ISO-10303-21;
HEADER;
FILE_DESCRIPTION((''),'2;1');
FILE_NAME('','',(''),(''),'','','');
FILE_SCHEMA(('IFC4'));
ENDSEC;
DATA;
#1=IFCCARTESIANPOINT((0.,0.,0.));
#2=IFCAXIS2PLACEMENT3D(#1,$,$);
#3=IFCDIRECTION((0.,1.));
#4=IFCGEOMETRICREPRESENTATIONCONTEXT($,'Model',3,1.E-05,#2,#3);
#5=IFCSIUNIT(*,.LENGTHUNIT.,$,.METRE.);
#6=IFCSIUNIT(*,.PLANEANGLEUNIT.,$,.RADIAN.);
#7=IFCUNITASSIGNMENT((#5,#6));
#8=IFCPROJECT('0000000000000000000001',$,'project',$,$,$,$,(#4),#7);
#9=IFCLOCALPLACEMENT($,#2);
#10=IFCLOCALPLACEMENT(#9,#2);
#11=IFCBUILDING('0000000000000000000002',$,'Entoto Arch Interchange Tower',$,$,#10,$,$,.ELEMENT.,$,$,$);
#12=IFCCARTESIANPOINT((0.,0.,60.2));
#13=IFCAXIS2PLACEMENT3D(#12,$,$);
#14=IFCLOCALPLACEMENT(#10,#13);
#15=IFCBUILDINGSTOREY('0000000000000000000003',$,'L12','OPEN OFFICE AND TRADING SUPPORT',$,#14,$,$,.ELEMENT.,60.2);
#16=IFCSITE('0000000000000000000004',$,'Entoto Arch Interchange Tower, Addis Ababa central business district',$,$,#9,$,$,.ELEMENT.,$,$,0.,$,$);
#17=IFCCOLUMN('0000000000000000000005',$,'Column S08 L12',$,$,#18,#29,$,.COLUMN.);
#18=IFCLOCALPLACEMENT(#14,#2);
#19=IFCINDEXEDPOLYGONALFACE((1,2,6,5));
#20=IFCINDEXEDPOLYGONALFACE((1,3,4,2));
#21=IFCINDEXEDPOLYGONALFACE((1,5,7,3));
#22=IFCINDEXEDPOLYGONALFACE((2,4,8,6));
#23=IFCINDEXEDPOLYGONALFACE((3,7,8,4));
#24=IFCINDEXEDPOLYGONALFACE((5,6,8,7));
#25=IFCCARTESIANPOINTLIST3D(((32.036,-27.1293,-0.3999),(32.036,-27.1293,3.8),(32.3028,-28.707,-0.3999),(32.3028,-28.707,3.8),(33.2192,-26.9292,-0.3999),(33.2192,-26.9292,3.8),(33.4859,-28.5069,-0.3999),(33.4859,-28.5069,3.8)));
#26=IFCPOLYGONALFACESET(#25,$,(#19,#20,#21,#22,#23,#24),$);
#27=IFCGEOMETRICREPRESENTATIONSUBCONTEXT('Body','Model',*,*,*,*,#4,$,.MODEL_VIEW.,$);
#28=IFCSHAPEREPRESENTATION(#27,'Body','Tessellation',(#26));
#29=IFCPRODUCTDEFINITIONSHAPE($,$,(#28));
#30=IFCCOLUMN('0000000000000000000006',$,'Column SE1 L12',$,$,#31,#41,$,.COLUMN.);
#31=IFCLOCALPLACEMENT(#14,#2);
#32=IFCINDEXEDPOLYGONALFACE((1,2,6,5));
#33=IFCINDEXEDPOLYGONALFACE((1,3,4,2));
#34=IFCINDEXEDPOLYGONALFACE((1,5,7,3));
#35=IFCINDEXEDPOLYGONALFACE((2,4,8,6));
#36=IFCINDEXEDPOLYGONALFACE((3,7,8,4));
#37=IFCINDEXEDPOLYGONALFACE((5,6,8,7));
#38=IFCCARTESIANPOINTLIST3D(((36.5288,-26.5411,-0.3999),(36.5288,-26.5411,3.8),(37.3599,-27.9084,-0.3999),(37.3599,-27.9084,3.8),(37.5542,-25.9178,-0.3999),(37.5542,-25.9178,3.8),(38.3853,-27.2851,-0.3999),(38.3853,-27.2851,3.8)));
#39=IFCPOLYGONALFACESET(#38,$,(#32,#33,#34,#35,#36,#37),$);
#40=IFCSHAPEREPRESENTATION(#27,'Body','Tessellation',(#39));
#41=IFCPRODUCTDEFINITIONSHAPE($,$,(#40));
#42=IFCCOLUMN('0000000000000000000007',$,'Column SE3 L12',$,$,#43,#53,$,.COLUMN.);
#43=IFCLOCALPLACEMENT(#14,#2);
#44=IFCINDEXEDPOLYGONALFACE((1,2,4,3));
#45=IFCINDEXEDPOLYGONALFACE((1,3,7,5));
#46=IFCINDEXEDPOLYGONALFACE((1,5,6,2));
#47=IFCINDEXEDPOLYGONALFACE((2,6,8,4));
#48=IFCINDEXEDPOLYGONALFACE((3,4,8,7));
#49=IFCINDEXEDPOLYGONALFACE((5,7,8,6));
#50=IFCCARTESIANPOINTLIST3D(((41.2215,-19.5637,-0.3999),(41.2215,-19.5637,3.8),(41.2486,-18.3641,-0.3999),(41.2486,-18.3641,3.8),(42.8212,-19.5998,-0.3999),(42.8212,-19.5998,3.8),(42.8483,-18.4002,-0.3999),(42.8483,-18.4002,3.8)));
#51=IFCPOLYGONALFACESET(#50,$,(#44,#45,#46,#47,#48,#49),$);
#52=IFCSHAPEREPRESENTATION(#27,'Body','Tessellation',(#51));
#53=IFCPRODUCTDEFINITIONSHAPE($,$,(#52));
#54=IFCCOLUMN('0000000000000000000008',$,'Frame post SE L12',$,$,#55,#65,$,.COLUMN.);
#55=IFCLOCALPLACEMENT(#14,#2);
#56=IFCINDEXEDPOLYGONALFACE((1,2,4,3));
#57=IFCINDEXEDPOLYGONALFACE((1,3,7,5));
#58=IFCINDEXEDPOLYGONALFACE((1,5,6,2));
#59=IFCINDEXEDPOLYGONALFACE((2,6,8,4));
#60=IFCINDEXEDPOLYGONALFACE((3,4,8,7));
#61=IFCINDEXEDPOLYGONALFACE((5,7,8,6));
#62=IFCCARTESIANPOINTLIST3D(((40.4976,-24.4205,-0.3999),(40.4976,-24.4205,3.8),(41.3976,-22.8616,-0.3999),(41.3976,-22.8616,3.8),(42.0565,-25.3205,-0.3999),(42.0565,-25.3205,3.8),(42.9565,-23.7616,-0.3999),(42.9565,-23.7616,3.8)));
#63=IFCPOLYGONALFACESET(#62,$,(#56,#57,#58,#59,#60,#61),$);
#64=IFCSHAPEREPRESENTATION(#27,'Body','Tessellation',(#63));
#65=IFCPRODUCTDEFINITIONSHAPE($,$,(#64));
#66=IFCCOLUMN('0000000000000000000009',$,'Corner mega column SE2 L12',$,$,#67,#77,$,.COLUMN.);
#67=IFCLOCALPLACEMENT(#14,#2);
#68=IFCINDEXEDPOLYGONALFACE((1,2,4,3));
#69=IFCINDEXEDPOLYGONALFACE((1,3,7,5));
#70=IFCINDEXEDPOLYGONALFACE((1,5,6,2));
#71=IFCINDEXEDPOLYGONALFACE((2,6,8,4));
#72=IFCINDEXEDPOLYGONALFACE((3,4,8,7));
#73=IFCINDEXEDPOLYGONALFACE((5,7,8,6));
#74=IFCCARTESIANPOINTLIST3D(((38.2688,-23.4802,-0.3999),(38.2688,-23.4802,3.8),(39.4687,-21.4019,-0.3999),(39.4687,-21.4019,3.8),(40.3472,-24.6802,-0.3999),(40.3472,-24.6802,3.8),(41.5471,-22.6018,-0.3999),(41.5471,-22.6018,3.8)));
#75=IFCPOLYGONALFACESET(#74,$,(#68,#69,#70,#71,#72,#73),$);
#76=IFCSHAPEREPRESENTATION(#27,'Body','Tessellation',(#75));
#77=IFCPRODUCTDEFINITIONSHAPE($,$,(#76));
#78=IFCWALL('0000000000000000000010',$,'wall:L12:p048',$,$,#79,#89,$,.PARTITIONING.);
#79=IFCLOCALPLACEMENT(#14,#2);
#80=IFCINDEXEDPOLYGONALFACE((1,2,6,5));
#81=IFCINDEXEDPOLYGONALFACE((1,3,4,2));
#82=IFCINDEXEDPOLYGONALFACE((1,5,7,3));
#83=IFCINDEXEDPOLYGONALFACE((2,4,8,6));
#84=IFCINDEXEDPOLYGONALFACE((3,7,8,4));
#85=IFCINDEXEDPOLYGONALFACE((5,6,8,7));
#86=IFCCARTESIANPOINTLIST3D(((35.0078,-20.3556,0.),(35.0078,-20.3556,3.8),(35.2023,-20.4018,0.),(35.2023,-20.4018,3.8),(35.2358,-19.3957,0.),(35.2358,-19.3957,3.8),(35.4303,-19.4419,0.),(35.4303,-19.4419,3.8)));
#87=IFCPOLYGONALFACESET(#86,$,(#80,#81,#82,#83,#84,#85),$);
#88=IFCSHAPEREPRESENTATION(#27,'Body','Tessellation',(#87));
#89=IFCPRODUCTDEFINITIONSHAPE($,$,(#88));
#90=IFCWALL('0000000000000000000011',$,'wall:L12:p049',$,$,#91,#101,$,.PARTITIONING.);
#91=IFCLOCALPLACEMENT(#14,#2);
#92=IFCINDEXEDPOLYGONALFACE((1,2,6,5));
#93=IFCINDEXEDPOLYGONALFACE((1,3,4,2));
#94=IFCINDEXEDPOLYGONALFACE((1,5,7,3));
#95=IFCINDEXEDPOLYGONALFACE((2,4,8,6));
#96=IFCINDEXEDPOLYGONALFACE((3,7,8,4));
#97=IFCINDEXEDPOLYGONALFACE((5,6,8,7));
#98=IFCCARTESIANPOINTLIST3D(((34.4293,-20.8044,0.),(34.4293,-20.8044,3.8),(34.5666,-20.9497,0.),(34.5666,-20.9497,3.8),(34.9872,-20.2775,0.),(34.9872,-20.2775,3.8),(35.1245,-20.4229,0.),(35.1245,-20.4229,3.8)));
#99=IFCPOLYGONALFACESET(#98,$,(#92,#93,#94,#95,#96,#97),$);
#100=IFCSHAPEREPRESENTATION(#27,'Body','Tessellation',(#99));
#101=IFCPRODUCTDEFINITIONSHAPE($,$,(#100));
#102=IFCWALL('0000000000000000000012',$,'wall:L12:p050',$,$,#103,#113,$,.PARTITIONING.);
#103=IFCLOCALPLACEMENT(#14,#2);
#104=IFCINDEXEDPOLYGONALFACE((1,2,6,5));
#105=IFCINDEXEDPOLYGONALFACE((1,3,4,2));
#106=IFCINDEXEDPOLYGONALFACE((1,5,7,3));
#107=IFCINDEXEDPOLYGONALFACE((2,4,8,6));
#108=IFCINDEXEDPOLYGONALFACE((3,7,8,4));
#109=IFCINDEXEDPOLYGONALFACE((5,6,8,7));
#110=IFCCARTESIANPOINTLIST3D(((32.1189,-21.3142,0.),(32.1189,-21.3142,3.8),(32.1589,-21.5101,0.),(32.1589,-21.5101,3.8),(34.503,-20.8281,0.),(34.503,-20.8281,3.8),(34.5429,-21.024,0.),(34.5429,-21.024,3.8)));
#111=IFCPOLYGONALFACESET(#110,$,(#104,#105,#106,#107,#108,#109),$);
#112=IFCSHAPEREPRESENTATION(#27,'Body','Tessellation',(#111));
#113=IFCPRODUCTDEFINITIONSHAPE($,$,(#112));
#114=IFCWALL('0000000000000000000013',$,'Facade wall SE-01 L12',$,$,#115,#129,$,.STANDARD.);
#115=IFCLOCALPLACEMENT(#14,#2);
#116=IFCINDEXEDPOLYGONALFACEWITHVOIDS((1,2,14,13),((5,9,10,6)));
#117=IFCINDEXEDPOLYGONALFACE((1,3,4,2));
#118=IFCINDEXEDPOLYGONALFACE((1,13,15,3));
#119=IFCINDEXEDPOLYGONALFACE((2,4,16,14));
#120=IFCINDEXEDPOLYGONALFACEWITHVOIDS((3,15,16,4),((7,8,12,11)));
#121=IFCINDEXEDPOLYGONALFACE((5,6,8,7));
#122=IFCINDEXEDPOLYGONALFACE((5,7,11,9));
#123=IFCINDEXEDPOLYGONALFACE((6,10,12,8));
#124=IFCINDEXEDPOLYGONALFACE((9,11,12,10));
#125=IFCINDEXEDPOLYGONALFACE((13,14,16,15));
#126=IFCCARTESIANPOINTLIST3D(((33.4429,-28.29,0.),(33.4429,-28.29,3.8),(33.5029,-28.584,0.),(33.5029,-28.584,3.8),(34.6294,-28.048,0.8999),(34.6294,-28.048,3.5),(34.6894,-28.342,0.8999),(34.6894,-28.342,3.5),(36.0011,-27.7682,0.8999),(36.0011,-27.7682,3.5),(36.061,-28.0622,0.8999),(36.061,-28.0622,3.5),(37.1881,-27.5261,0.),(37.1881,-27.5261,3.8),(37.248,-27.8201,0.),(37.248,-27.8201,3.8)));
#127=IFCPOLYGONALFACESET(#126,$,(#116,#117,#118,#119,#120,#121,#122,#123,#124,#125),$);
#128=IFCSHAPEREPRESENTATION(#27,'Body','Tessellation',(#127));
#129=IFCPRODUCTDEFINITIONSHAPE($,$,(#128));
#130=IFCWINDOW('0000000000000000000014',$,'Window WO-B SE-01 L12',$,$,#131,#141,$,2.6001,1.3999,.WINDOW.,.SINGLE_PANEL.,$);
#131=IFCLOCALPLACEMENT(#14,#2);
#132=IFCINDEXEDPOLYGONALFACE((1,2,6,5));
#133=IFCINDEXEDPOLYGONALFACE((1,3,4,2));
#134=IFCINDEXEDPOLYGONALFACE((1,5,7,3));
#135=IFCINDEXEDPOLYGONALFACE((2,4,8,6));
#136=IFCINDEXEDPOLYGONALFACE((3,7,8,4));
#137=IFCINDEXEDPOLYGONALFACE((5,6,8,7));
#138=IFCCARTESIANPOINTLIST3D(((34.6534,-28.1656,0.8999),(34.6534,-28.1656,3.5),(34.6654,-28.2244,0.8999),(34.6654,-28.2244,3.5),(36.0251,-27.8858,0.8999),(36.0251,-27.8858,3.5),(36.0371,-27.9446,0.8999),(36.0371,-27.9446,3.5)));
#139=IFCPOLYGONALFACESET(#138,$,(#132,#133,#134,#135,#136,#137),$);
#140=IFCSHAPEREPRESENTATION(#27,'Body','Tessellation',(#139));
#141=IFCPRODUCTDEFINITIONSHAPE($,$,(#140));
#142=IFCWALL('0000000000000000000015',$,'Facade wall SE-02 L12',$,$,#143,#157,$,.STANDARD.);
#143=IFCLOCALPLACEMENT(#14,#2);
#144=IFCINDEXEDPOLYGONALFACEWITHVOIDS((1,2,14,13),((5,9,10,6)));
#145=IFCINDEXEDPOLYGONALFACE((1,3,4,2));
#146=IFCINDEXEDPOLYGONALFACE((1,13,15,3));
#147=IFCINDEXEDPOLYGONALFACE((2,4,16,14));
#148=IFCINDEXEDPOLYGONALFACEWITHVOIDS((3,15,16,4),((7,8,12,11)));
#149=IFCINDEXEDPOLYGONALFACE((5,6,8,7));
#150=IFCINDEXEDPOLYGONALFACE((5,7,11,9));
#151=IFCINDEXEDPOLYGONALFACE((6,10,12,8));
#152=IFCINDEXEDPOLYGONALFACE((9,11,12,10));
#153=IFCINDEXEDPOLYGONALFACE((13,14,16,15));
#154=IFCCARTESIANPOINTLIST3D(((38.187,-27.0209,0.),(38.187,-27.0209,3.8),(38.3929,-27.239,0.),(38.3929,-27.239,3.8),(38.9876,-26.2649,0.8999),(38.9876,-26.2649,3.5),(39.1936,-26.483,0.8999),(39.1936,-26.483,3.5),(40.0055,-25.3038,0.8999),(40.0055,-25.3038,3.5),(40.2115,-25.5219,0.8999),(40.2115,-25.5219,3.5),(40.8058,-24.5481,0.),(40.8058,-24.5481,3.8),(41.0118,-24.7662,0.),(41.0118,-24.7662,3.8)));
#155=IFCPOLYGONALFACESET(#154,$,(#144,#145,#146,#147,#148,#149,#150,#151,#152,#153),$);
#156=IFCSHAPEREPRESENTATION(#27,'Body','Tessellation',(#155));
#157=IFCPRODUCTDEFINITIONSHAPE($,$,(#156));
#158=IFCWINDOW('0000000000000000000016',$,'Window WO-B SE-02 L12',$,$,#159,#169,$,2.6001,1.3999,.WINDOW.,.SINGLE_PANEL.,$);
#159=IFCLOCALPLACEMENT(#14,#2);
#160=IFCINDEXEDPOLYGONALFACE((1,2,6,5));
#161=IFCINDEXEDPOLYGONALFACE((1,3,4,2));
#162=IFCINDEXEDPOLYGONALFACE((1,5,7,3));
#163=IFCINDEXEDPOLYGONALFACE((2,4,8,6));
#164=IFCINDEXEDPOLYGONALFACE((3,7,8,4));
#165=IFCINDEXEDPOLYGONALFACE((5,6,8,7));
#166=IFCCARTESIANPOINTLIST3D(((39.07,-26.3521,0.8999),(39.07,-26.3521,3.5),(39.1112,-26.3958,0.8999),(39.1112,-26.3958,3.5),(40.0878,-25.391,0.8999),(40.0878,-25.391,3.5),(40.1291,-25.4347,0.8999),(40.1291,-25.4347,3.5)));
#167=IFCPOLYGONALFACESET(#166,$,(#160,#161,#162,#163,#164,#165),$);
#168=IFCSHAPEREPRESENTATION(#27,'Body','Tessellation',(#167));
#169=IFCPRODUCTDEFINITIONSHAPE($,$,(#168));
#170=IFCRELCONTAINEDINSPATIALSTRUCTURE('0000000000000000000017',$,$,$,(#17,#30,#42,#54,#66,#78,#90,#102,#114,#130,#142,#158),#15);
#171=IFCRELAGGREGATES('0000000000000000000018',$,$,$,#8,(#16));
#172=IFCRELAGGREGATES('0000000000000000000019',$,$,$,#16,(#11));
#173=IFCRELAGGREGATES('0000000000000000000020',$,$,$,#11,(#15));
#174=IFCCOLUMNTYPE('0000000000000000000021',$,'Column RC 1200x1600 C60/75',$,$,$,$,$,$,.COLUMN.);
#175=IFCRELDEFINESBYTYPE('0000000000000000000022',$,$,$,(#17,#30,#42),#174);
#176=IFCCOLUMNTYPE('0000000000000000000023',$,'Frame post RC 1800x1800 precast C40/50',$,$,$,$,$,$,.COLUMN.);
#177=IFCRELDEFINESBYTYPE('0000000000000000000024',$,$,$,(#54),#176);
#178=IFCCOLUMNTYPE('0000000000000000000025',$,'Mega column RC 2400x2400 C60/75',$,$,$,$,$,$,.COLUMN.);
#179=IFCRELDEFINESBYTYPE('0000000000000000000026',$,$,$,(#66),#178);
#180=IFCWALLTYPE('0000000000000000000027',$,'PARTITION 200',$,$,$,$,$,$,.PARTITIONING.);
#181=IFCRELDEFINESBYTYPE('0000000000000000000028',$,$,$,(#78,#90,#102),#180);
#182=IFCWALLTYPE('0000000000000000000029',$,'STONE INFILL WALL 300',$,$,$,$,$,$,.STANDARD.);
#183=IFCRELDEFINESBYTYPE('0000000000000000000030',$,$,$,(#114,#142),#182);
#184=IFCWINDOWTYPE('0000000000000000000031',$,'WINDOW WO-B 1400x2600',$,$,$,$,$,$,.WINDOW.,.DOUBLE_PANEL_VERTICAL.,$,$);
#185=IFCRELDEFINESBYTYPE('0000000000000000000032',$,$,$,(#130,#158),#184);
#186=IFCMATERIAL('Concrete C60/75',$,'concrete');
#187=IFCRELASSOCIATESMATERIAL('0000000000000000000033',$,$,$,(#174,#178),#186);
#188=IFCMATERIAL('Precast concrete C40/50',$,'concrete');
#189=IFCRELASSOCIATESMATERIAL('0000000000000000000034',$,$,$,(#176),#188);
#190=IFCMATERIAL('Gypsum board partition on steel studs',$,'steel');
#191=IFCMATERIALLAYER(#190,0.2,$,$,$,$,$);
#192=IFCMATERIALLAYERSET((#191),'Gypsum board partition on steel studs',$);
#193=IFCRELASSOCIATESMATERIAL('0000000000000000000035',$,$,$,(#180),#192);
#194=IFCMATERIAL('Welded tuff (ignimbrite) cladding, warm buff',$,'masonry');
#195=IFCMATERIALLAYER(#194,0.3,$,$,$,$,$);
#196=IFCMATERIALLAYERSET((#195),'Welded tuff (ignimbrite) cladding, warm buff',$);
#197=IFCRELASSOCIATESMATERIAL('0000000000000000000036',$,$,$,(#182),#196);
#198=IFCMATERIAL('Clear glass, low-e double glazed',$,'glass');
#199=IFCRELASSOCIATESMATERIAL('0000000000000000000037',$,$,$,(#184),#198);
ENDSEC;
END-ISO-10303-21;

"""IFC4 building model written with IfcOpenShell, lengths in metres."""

from ifc_helpers import new_model, si_unit, direction, frame, frame_2d, origin, origin_2d, place, context, subcontext, project, spatial, rectangle, extrude, material, layer, layer_set, material_profile, profile_set, type_object, element, fill, save


model = new_model("IFC4")

# Units and contexts
model_context = context("Model", 3, precision=1e-05, world=origin(), true_north=direction((0.0, 1.0)))
body_context = subcontext(model_context, "Body", "Model", "MODEL_VIEW")
ifc_project = project(units=[si_unit("LENGTHUNIT", "METRE"), si_unit("PLANEANGLEUNIT", "RADIAN")], contexts=[model_context])

# Site, building, storey
site_placement = place(None, origin())
site = spatial("IfcSite", under=ifc_project, at=site_placement, Name="Entoto Arch Interchange Tower, Addis Ababa central business district", CompositionType="ELEMENT", RefElevation=0.0)
building_placement = place(site_placement, origin())
building = spatial("IfcBuilding", under=site, at=building_placement, Name="Entoto Arch Interchange Tower", CompositionType="ELEMENT")
storey_placement = place(building_placement, frame((0.0, 0.0, 60.2)))
storey = spatial("IfcBuildingStorey", under=building, at=storey_placement, Name="L12", Description="OPEN OFFICE AND TRADING SUPPORT", CompositionType="ELEMENT", Elevation=60.2)

# Columns
ifc_material_1 = material(Name="Concrete C60/75", Category="concrete")
ifc_material_profile_1 = material_profile(ifc_material_1, rectangle(XDim=1.2, YDim=1.6001, at=origin_2d()))
ifc_profile_set_1 = profile_set([ifc_material_profile_1], Name="Concrete C60/75")
column_type_1 = type_object("IfcColumnType", Name="Column RC 1200x1600 C60/75", PredefinedType="COLUMN", material=ifc_profile_set_1)
for number, where, z_axis, x_axis, name in (
    (1, (32.761, -27.8181, -0.3999), (0.0, 0.0, 1.0), (0.986005, 0.166717, 0.0), "Column S08 L12"),
    (2, (37.457, -26.9131, -0.3999), (0.0, 0.0, 1.0), (0.854522, 0.519415, 0.0), "Column SE1 L12"),
    (3, (42.0349, -18.9819, -0.3999), (0.0, 0.0, 1.0), (0.022565, 0.999745, 0.0), "Column SE3 L12"),
):
    element("IfcColumn", number, at=place(storey_placement, frame(where, z_axis=z_axis, x_axis=x_axis)), inside=storey, type_object=column_type_1, Name=name, PredefinedType="COLUMN", context=body_context, shape_type="SweptSolid", body=[
        extrude(rectangle(XDim=1.2, YDim=1.6001, at=origin_2d()), origin(), (0.0, 0.0, 1.0), 4.2),
    ])
ifc_material_2 = material(Name="Precast concrete C40/50", Category="concrete")
ifc_material_profile_2 = material_profile(ifc_material_2, rectangle(XDim=1.8, YDim=1.8, at=origin_2d()))
ifc_profile_set_2 = profile_set([ifc_material_profile_2], Name="Precast concrete C40/50")
column_type_2 = type_object("IfcColumnType", Name="Frame post RC 1800x1800 precast C40/50", PredefinedType="COLUMN", material=ifc_profile_set_2)
column_1_placement = place(storey_placement, frame((41.7271, -24.0911, -0.3999), z_axis=(0.0, 0.0, 1.0), x_axis=(-0.866025, 0.5, 0.0)))
element("IfcColumn", 4, at=column_1_placement, inside=storey, type_object=column_type_2, Name="Frame post SE L12", PredefinedType="COLUMN", context=body_context, shape_type="SweptSolid", body=[
    extrude(rectangle(XDim=1.8, YDim=1.8, at=origin_2d()), origin(), (0.0, 0.0, 1.0), 4.2),
])
ifc_material_profile_3 = material_profile(ifc_material_1, rectangle(XDim=2.3999, YDim=2.3999, at=origin_2d()))
ifc_profile_set_3 = profile_set([ifc_material_profile_3], Name="Concrete C60/75")
column_type_3 = type_object("IfcColumnType", Name="Mega column RC 2400x2400 C60/75", PredefinedType="COLUMN", material=ifc_profile_set_3)
column_2_placement = place(storey_placement, frame((39.908, -23.041, -0.3999), z_axis=(0.0, 0.0, 1.0), x_axis=(-0.866025, 0.5, 0.0)))
element("IfcColumn", 5, at=column_2_placement, inside=storey, type_object=column_type_3, Name="Corner mega column SE2 L12", PredefinedType="COLUMN", context=body_context, shape_type="SweptSolid", body=[
    extrude(rectangle(XDim=2.3999, YDim=2.3999, at=origin_2d()), origin(), (0.0, 0.0, 1.0), 4.2),
])

# Walls
ifc_material_3 = material(Name="Gypsum board partition on steel studs", Category="steel")
ifc_layer_1 = layer(ifc_material_3, 0.2)
ifc_layer_set_1 = layer_set([ifc_layer_1], Name="Gypsum board partition on steel studs")
wall_type_1 = type_object("IfcWallType", Name="PARTITION 200", PredefinedType="PARTITIONING", material=ifc_layer_set_1)
wall_1_placement = place(storey_placement, frame((35.333, -19.4189, 0.0), z_axis=(0.0, 0.0, 1.0), x_axis=(-0.231108, -0.972928, 0.0)))
element("IfcWall", 6, at=wall_1_placement, inside=storey, type_object=wall_type_1, Name="wall:L12:p048", PredefinedType="PARTITIONING", context=body_context, shape_type="SweptSolid", body=[
    extrude(rectangle(XDim=0.9866, YDim=0.2, at=frame_2d((0.4932, 0.0))), origin(), (0.0, 0.0, 1.0), 3.8),
])
wall_2_placement = place(storey_placement, frame((35.0559, -20.3501, 0.0), z_axis=(0.0, 0.0, 1.0), x_axis=(-0.727022, -0.686614, 0.0)))
element("IfcWall", 7, at=wall_2_placement, inside=storey, type_object=wall_type_1, Name="wall:L12:p049", PredefinedType="PARTITIONING", context=body_context, shape_type="SweptSolid", body=[
    extrude(rectangle(XDim=0.7673, YDim=0.2, at=frame_2d((0.3838, 0.0))), origin(), (0.0, 0.0, 1.0), 3.8),
])
wall_3_placement = place(storey_placement, frame((34.5229, -20.926, 0.0), z_axis=(0.0, 0.0, 1.0), x_axis=(-0.979841, -0.199781, 0.0)))
element("IfcWall", 8, at=wall_3_placement, inside=storey, type_object=wall_type_1, Name="wall:L12:p050", PredefinedType="PARTITIONING", context=body_context, shape_type="SweptSolid", body=[
    extrude(rectangle(XDim=2.4331, YDim=0.2, at=frame_2d((1.2166, 0.0))), origin(), (0.0, 0.0, 1.0), 3.8),
])

# Walls, openings, windows
ifc_material_4 = material(Name="Welded tuff (ignimbrite) cladding, warm buff", Category="masonry")
ifc_layer_2 = layer(ifc_material_4, 0.3)
ifc_layer_set_2 = layer_set([ifc_layer_2], Name="Welded tuff (ignimbrite) cladding, warm buff")
wall_type_2 = type_object("IfcWallType", Name="STONE INFILL WALL 300", PredefinedType="STANDARD", material=ifc_layer_set_2)
wall_4_placement = place(storey_placement, frame((33.4729, -28.437, 0.0), z_axis=(0.0, 0.0, 1.0), x_axis=(0.979824, 0.199861, 0.0)))
wall_4 = element("IfcWall", 9, at=wall_4_placement, inside=storey, type_object=wall_type_2, Name="Facade wall SE-01 L12", PredefinedType="STANDARD", context=body_context, shape_type="SweptSolid", body=[
    extrude(rectangle(XDim=3.8223, YDim=0.3, at=frame_2d((1.9111, 0.0))), origin(), (0.0, 0.0, 1.0), 3.8),
])
opening_1_placement = place(wall_4_placement, frame((1.2109, 0.0, 0.8999)))
opening_1 = element("IfcOpeningElement", 10, at=opening_1_placement, cuts=wall_4, PredefinedType="OPENING", context=body_context, shape_type="SweptSolid", body=[
    extrude(rectangle(XDim=1.3999, YDim=2.6001, at=frame_2d((0.7, 1.3))), frame((0.0, 0.1602, 0.0), z_axis=(0.0, -1.0, 0.0), x_axis=(1.0, 0.0, 0.0)), (0.0, 0.0, 1.0), 0.3201),
])
ifc_material_5 = material(Name="Clear glass, low-e double glazed", Category="glass")
window_type = type_object("IfcWindowType", Name="WINDOW WO-B 1400x2600", PartitioningType="DOUBLE_PANEL_VERTICAL", PredefinedType="WINDOW", material=ifc_material_5)
window_1_placement = place(opening_1_placement, origin())
window_1 = element("IfcWindow", 11, at=window_1_placement, inside=storey, type_object=window_type, Name="Window WO-B SE-01 L12", OverallHeight=2.6001, OverallWidth=1.3999, PartitioningType="SINGLE_PANEL", PredefinedType="WINDOW", context=body_context, shape_type="SweptSolid", body=[
    extrude(rectangle(XDim=1.3999, YDim=2.6001, at=frame_2d((0.7, 1.3))), frame((0.0, 0.03, 0.0), z_axis=(0.0, -1.0, 0.0), x_axis=(1.0, 0.0, 0.0)), (0.0, 0.0, 1.0), 0.0601),
])
fill(opening_1, window_1)
wall_5_placement = place(storey_placement, frame((38.29, -27.1299, 0.0), z_axis=(0.0, 0.0, 1.0), x_axis=(0.727083, 0.68655, 0.0)))
wall_5 = element("IfcWall", 12, at=wall_5_placement, inside=storey, type_object=wall_type_2, Name="Facade wall SE-02 L12", PredefinedType="STANDARD", context=body_context, shape_type="SweptSolid", body=[
    extrude(rectangle(XDim=3.6018, YDim=0.3, at=frame_2d((1.8008, 0.0))), origin(), (0.0, 0.0, 1.0), 3.8),
])
opening_2_placement = place(wall_5_placement, frame((1.1011, 0.0, 0.8999)))
opening_2 = element("IfcOpeningElement", 13, at=opening_2_placement, cuts=wall_5, PredefinedType="OPENING", context=body_context, shape_type="SweptSolid", body=[
    extrude(rectangle(XDim=1.3999, YDim=2.6001, at=frame_2d((0.7, 1.3))), frame((0.0, 0.1602, 0.0), z_axis=(0.0, -1.0, 0.0), x_axis=(1.0, 0.0, 0.0)), (0.0, 0.0, 1.0), 0.3201),
])
window_2_placement = place(opening_2_placement, origin())
window_2 = element("IfcWindow", 14, at=window_2_placement, inside=storey, type_object=window_type, Name="Window WO-B SE-02 L12", OverallHeight=2.6001, OverallWidth=1.3999, PartitioningType="SINGLE_PANEL", PredefinedType="WINDOW", context=body_context, shape_type="SweptSolid", body=[
    extrude(rectangle(XDim=1.3999, YDim=2.6001, at=frame_2d((0.7, 1.3))), frame((0.0, 0.03, 0.0), z_axis=(0.0, -1.0, 0.0), x_axis=(1.0, 0.0, 0.0)), (0.0, 0.0, 1.0), 0.0601),
])
fill(opening_2, window_2)

save(model, "model.ifc")
